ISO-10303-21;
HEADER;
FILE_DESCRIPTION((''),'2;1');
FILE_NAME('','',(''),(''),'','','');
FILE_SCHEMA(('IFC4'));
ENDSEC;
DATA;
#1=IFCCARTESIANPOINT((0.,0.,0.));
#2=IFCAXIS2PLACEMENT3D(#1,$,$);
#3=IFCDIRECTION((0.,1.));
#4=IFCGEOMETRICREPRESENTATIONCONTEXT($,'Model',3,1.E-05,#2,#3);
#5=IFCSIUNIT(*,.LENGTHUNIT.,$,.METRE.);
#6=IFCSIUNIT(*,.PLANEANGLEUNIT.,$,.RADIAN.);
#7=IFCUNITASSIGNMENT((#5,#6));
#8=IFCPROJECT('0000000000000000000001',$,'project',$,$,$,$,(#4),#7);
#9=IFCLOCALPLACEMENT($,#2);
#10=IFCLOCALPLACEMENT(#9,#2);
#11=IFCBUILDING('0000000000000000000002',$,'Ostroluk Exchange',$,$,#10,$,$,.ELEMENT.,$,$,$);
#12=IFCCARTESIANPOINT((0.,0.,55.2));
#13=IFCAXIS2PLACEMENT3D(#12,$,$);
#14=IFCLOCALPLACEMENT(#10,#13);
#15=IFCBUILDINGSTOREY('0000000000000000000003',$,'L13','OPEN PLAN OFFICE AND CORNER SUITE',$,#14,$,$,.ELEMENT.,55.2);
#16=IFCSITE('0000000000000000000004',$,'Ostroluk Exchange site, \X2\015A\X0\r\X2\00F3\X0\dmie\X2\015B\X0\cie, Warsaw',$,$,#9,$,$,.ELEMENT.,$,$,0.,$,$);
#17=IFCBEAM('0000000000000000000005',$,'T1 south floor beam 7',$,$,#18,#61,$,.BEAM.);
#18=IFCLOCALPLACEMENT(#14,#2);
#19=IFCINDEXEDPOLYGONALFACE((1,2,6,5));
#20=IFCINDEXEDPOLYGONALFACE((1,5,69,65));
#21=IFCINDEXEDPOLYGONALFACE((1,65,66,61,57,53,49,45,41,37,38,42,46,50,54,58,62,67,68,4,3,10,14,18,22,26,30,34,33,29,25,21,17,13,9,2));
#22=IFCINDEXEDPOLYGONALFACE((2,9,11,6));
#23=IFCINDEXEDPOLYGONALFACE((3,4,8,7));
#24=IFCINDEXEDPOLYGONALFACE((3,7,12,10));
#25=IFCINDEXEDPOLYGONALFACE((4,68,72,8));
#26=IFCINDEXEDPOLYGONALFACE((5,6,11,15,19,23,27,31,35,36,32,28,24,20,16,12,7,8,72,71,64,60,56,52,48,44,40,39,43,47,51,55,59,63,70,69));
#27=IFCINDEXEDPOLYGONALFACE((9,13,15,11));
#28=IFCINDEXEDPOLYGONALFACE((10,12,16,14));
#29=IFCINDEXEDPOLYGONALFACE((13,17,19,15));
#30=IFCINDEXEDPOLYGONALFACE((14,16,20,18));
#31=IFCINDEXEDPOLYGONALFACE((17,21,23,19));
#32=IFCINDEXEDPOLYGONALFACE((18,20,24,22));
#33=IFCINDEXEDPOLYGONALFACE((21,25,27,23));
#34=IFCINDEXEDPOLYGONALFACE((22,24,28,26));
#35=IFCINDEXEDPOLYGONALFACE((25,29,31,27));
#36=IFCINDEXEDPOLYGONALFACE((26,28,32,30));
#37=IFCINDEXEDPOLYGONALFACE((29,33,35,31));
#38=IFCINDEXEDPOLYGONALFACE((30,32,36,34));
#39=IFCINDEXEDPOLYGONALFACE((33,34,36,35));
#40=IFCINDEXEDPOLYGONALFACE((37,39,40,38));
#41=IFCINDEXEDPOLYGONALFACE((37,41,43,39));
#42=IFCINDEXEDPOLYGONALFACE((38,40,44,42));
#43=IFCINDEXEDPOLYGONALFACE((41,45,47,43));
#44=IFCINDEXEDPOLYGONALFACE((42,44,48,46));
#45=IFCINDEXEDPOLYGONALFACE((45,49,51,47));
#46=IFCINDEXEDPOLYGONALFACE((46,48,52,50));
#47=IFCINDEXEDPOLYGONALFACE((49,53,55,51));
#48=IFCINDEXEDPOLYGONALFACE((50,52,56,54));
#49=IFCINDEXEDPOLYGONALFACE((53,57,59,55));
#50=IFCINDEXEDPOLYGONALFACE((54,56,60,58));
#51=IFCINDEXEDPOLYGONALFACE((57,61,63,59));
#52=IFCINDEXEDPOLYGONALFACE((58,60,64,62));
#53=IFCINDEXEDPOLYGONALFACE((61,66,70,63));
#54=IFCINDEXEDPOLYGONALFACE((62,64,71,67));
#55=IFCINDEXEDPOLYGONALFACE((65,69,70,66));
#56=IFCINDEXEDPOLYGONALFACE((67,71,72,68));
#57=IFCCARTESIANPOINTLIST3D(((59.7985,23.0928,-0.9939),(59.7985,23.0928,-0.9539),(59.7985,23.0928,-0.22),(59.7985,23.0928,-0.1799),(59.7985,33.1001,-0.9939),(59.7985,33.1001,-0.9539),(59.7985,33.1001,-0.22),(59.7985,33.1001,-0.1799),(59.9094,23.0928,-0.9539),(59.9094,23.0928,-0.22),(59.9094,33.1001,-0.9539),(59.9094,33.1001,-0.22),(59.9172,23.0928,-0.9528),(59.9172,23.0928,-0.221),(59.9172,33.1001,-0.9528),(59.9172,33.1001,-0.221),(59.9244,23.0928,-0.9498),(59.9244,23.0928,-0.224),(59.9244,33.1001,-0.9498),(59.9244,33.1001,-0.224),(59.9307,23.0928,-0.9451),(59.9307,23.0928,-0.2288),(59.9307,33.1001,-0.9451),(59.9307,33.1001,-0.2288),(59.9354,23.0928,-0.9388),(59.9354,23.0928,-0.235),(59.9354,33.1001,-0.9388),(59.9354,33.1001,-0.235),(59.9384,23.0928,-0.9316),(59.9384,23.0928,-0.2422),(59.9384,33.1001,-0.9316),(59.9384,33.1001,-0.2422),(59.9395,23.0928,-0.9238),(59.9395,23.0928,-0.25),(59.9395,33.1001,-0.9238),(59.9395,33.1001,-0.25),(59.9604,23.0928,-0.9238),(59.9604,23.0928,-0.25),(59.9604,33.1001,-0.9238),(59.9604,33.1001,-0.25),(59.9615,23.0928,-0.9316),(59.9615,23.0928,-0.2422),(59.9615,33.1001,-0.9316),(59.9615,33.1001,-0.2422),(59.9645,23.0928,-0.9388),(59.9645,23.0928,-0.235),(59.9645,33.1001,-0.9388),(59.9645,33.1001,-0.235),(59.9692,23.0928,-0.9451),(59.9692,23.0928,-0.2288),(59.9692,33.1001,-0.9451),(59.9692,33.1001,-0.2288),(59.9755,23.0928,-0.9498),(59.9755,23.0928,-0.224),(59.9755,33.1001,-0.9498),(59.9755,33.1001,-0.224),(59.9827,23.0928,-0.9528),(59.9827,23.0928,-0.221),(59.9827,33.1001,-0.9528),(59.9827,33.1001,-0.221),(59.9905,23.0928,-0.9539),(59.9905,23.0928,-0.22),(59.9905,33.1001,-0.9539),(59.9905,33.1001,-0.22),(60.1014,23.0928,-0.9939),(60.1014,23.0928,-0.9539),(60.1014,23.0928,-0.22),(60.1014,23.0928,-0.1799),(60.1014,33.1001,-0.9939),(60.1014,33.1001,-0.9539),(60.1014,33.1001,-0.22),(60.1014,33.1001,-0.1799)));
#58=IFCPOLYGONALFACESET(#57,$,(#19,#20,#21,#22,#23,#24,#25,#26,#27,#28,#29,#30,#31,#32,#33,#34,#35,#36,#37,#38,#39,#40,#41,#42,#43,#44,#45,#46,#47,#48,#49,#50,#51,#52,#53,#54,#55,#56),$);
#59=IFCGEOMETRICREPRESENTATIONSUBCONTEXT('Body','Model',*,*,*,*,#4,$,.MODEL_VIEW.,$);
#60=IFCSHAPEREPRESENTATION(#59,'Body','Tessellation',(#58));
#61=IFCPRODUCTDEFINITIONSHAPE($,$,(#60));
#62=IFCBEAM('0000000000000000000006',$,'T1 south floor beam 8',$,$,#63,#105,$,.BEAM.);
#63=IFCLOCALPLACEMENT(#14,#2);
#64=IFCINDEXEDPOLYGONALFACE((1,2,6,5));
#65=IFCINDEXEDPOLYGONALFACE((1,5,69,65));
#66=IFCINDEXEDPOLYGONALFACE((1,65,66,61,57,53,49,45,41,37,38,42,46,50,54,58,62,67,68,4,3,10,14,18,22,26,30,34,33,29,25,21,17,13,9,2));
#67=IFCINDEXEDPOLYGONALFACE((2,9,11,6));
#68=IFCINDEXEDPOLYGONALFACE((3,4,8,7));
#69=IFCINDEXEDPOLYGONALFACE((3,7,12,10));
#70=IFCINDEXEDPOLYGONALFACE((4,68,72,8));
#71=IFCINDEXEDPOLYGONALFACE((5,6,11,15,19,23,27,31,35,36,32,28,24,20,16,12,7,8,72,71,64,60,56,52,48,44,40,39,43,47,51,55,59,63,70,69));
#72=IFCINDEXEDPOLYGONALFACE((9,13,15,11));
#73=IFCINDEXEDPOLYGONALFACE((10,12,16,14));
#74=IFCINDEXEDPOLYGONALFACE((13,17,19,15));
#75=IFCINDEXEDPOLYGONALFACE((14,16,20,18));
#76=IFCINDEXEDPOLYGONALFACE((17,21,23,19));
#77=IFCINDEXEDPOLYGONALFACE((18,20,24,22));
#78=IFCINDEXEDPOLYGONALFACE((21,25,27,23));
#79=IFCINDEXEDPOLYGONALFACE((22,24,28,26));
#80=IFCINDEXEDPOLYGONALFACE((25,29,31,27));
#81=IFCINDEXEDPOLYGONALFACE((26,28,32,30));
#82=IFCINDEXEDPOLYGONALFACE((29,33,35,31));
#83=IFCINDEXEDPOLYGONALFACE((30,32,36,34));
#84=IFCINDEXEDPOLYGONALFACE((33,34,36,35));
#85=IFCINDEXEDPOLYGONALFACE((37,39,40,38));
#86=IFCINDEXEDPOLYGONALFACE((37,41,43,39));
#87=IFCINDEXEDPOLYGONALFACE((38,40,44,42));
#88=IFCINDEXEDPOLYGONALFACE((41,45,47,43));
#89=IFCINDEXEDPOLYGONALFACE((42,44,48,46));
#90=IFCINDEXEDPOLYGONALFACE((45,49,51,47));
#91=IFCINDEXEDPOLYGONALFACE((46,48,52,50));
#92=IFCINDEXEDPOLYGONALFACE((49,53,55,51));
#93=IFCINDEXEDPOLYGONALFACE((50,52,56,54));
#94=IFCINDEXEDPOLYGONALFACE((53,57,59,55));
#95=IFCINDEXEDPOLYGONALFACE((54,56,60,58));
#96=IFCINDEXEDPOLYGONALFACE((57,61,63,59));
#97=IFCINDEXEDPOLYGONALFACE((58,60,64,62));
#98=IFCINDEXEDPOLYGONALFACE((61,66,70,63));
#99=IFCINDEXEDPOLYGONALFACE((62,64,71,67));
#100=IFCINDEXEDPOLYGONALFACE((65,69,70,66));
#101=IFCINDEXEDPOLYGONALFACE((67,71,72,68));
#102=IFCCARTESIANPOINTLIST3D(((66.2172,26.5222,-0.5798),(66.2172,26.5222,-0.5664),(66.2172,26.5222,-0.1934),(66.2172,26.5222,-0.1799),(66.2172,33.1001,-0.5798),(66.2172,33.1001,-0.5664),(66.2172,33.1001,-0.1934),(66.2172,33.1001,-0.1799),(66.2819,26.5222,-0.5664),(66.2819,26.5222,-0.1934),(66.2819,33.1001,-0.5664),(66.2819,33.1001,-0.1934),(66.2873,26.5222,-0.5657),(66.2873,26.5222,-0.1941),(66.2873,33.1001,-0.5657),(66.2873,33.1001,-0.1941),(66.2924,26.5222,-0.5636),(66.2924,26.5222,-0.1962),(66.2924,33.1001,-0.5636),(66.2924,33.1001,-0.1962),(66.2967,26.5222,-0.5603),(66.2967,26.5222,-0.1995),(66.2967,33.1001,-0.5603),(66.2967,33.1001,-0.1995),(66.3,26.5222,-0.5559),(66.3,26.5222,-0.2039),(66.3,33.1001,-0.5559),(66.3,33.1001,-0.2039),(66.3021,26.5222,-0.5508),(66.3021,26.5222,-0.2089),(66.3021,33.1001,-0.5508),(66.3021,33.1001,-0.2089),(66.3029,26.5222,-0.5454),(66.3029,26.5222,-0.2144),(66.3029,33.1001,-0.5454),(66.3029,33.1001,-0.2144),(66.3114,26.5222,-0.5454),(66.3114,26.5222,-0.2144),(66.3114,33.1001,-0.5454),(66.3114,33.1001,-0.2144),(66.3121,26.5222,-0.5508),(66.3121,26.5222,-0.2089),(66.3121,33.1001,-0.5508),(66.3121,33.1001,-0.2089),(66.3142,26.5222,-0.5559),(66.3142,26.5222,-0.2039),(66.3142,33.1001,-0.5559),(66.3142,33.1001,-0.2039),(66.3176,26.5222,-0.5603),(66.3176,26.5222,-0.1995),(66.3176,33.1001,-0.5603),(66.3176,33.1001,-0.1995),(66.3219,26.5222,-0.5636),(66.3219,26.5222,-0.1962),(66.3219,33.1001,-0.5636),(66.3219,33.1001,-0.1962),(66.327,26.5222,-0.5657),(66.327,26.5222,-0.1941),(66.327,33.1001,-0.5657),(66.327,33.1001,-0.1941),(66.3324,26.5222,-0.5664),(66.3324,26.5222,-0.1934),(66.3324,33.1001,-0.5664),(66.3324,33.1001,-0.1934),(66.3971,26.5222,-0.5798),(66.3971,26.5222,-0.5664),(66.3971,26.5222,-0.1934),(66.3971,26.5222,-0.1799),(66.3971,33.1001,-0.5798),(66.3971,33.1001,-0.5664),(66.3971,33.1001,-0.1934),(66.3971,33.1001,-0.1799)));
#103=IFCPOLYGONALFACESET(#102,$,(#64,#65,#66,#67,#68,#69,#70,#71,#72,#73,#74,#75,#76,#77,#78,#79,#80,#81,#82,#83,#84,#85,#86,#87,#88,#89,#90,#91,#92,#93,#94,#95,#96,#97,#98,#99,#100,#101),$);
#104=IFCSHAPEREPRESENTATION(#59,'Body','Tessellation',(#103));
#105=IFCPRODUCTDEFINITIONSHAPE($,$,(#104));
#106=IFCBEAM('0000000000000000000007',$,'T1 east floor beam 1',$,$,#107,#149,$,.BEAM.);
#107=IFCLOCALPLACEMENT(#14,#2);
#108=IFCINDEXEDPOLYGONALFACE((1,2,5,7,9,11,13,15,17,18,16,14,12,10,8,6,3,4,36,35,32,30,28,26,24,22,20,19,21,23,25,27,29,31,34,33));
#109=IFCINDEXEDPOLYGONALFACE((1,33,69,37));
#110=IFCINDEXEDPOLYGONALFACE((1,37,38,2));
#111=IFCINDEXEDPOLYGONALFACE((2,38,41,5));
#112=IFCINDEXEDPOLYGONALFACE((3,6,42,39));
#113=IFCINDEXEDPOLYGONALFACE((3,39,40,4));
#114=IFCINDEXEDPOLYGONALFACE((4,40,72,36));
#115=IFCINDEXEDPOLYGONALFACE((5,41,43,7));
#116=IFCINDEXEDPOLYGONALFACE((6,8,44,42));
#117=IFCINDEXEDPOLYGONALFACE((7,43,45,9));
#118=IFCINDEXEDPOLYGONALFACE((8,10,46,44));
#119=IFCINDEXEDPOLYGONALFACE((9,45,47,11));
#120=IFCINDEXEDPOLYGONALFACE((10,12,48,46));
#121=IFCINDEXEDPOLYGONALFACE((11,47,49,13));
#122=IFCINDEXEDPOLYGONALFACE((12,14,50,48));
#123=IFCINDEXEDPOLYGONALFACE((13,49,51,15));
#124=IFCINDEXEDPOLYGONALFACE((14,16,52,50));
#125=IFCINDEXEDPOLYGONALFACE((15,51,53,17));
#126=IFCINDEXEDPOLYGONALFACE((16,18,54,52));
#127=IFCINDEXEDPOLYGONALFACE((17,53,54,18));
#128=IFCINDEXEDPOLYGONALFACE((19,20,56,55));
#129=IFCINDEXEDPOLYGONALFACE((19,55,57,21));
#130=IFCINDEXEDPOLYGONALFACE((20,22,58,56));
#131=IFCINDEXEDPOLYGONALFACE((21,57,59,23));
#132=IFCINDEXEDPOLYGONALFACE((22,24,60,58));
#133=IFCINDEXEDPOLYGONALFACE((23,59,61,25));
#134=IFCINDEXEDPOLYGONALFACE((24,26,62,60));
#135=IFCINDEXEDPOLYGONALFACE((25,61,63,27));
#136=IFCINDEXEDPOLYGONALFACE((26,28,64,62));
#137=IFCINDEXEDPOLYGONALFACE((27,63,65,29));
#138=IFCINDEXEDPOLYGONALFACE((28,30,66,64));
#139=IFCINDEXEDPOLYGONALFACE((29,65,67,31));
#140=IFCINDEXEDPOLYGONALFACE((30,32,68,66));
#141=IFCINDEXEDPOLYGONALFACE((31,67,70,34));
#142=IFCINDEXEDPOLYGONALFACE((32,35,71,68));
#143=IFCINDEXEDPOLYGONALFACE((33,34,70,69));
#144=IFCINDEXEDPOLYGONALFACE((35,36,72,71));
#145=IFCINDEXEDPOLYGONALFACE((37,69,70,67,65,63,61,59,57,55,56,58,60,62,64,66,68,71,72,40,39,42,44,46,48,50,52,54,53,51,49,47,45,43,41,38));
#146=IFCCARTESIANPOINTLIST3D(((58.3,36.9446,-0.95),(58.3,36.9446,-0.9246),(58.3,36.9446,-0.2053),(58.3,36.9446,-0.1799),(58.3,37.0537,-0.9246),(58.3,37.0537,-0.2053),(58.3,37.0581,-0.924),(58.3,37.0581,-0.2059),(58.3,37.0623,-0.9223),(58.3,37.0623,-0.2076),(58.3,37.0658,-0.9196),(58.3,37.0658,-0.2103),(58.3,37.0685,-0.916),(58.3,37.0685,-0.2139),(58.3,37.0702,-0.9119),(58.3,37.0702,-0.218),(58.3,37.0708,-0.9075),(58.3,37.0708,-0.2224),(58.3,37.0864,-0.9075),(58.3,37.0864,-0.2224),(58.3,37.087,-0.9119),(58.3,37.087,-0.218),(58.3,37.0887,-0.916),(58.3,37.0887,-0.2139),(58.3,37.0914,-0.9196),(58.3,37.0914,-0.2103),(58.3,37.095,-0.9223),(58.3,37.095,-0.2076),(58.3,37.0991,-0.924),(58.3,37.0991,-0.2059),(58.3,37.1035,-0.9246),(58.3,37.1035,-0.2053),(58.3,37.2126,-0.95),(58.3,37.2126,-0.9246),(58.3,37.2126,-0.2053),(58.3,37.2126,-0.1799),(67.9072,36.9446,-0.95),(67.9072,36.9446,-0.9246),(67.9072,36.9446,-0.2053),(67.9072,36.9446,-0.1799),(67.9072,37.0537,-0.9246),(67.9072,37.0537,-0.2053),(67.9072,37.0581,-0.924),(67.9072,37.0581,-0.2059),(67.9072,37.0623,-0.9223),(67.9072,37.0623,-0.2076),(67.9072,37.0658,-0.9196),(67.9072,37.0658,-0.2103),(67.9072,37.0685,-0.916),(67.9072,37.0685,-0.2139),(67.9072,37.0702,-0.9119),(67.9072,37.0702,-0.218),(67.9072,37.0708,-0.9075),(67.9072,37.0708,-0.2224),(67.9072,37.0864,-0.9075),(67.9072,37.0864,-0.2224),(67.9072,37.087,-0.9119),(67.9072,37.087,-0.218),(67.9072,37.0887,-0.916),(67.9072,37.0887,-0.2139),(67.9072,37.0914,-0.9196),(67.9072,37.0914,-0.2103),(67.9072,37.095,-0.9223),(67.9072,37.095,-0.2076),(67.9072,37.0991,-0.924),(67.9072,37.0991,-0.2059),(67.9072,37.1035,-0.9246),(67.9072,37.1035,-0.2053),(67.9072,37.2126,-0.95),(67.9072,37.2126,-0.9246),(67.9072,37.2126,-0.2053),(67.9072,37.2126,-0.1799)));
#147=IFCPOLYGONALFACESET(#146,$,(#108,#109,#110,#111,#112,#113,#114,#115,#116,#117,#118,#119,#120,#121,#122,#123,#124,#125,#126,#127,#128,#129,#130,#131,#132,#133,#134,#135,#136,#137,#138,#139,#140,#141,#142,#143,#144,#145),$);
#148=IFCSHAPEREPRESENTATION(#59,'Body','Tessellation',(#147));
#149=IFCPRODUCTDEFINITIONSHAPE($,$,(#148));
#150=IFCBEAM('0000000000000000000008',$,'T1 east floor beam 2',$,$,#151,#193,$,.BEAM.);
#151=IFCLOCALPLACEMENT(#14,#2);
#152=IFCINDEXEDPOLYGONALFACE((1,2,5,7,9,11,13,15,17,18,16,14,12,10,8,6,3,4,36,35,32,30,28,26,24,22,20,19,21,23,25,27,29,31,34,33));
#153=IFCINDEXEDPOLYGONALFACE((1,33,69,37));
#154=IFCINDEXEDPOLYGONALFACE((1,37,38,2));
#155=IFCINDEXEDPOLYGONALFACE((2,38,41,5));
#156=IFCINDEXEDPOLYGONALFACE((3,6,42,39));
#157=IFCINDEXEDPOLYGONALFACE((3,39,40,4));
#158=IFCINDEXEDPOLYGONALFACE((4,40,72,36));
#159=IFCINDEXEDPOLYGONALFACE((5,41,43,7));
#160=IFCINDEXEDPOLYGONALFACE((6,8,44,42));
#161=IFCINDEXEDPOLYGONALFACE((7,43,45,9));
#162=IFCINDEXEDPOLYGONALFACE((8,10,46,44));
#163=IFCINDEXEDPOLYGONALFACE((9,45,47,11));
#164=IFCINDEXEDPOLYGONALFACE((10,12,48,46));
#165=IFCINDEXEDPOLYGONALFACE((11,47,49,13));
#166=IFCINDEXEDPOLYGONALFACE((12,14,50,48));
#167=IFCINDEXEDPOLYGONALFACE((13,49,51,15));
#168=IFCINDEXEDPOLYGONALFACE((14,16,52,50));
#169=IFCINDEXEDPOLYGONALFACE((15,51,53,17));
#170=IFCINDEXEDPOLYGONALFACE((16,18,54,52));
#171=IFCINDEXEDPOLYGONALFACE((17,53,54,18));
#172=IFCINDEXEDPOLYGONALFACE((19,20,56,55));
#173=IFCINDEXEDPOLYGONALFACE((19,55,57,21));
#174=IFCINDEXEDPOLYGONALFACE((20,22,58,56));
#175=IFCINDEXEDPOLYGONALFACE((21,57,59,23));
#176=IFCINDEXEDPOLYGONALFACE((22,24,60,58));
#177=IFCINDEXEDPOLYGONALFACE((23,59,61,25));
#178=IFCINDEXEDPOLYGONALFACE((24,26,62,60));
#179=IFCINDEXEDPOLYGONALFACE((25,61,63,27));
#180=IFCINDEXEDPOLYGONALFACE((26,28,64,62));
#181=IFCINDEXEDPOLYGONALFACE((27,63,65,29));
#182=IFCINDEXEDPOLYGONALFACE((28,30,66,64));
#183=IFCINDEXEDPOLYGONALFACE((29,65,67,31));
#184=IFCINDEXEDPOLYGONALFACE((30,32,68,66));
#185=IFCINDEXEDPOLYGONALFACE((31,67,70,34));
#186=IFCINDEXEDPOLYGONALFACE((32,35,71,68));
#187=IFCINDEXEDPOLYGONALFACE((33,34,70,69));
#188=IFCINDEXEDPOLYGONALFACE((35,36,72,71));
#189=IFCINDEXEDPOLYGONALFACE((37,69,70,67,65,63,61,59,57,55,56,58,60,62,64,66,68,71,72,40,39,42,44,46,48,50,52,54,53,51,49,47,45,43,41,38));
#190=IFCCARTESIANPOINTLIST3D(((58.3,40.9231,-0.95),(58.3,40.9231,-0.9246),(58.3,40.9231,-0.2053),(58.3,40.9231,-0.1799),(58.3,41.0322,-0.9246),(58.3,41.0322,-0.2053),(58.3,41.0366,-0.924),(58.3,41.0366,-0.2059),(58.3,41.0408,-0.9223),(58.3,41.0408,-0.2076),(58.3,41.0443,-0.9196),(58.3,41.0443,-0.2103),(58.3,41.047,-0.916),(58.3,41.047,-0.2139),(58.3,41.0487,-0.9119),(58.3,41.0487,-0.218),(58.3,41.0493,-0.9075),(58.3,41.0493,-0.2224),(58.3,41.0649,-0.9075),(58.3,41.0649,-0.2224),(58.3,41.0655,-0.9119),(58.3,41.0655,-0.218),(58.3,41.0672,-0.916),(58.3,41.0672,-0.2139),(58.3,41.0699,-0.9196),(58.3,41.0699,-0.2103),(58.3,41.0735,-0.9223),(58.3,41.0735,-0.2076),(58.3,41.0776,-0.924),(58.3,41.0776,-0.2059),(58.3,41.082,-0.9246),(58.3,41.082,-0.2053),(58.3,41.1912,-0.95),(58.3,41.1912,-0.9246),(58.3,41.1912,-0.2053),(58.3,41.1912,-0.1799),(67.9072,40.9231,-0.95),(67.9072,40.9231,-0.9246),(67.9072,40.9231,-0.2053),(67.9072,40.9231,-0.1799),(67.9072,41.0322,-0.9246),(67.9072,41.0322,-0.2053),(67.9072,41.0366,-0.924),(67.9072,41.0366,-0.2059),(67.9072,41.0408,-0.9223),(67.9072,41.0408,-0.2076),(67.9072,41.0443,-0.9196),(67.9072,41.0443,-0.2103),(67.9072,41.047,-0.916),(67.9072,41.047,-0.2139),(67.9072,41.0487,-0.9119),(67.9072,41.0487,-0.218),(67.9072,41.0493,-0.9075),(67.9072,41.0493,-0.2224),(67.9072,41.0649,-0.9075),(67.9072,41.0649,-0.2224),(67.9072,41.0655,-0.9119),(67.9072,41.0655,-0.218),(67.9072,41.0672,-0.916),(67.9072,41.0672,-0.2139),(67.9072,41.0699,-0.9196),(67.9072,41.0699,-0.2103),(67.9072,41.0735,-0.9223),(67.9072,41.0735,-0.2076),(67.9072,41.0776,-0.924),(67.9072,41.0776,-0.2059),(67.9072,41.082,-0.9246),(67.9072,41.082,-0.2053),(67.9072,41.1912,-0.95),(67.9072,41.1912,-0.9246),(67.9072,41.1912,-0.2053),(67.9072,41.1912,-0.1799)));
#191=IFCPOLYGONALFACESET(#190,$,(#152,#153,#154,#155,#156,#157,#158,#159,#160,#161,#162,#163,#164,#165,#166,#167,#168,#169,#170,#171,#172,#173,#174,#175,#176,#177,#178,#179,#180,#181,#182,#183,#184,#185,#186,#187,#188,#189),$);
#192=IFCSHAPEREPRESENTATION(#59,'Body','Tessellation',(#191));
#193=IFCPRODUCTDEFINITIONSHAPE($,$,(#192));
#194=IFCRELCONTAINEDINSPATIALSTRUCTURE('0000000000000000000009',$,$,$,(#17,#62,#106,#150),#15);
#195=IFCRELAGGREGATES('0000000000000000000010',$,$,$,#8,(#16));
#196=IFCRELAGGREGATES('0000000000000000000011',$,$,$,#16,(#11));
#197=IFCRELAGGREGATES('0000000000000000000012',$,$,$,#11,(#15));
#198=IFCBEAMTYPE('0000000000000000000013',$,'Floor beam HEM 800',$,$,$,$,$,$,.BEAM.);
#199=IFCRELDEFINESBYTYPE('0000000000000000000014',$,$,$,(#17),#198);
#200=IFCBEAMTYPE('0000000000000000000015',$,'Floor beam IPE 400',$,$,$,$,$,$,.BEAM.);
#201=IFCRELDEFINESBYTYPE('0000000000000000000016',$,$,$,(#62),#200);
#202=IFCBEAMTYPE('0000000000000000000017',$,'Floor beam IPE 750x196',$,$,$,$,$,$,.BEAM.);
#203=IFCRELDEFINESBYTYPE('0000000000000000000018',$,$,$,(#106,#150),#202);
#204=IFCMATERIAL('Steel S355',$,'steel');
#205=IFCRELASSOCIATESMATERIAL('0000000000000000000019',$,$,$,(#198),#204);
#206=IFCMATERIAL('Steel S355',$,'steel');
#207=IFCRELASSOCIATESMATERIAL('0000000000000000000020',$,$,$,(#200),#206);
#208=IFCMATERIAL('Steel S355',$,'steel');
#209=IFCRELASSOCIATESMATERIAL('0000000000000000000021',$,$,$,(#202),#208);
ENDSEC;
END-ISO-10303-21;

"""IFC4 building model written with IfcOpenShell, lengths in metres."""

from ifc_helpers import new_model, si_unit, direction, frame, origin, origin_2d, place, context, subcontext, project, spatial, i_section, extrude, material, material_profile, profile_set, type_object, element, save


model = new_model("IFC4")

# Units and contexts
model_context = context("Model", 3, precision=1e-05, world=origin(), true_north=direction((0.0, 1.0)))
body_context = subcontext(model_context, "Body", "Model", "MODEL_VIEW")
ifc_project = project(units=[si_unit("LENGTHUNIT", "METRE"), si_unit("PLANEANGLEUNIT", "RADIAN")], contexts=[model_context])

# Site, building, storey
site_placement = place(None, origin())
site = spatial("IfcSite", under=ifc_project, at=site_placement, Name="Ostroluk Exchange site, Śródmieście, Warsaw", CompositionType="ELEMENT", RefElevation=0.0)
building_placement = place(site_placement, origin())
building = spatial("IfcBuilding", under=site, at=building_placement, Name="Ostroluk Exchange", CompositionType="ELEMENT")
storey_placement = place(building_placement, frame((0.0, 0.0, 55.2)))
storey = spatial("IfcBuildingStorey", under=building, at=storey_placement, Name="L13", Description="OPEN PLAN OFFICE AND CORNER SUITE", CompositionType="ELEMENT", Elevation=55.2)

# Beams
ifc_material_1 = material(Name="Steel S355", Category="steel")
ifc_material_profile_1 = material_profile(ifc_material_1, i_section(OverallWidth=0.303, OverallDepth=0.814, WebThickness=0.021, FlangeThickness=0.04, FilletRadius=0.03, at=origin_2d()), Name="HEM 800")
ifc_profile_set_1 = profile_set([ifc_material_profile_1], Name="Steel S355")
beam_type_1 = type_object("IfcBeamType", Name="Floor beam HEM 800", PredefinedType="BEAM", material=ifc_profile_set_1)
beam_1_placement = place(storey_placement, frame((59.95, 33.1001, -0.5869), z_axis=(0.0, -1.0, 0.0), x_axis=(1.0, 0.0, 0.0)))
element("IfcBeam", 1, at=beam_1_placement, inside=storey, type_object=beam_type_1, Name="T1 south floor beam 7", PredefinedType="BEAM", context=body_context, shape_type="SweptSolid", body=[
    extrude(i_section(OverallWidth=0.303, OverallDepth=0.814, WebThickness=0.021, FlangeThickness=0.04, FilletRadius=0.03, at=origin_2d()), origin(), (0.0, 0.0, 1.0), 10.0073),
])
ifc_material_2 = material(Name="Steel S355", Category="steel")
ifc_material_profile_2 = material_profile(ifc_material_2, i_section(OverallWidth=0.1799, OverallDepth=0.3999, WebThickness=0.0085, FlangeThickness=0.0134, FilletRadius=0.021, at=origin_2d()), Name="IPE 400")
ifc_profile_set_2 = profile_set([ifc_material_profile_2], Name="Steel S355")
beam_type_2 = type_object("IfcBeamType", Name="Floor beam IPE 400", PredefinedType="BEAM", material=ifc_profile_set_2)
beam_2_placement = place(storey_placement, frame((66.3071, 33.1001, -0.3799), z_axis=(0.0, -1.0, 0.0), x_axis=(1.0, 0.0, 0.0)))
element("IfcBeam", 2, at=beam_2_placement, inside=storey, type_object=beam_type_2, Name="T1 south floor beam 8", PredefinedType="BEAM", context=body_context, shape_type="SweptSolid", body=[
    extrude(i_section(OverallWidth=0.1799, OverallDepth=0.3999, WebThickness=0.0085, FlangeThickness=0.0134, FilletRadius=0.021, at=origin_2d()), origin(), (0.0, 0.0, 1.0), 6.5779),
])
ifc_material_3 = material(Name="Steel S355", Category="steel")
ifc_material_profile_3 = material_profile(ifc_material_3, i_section(OverallWidth=0.2681, OverallDepth=0.77, WebThickness=0.0156, FlangeThickness=0.0254, FilletRadius=0.0171, at=origin_2d()), Name="IPE 750x196")
ifc_profile_set_3 = profile_set([ifc_material_profile_3], Name="Steel S355")
beam_type_3 = type_object("IfcBeamType", Name="Floor beam IPE 750x196", PredefinedType="BEAM", material=ifc_profile_set_3)
for number, where, z_axis, x_axis, name in (
    (3, (58.3, 37.0786, -0.5649), (1.0, 0.0, 0.0), (0.0, 1.0, 0.0), "T1 east floor beam 1"),
    (4, (58.3, 41.0571, -0.5649), (1.0, 0.0, 0.0), (0.0, 1.0, 0.0), "T1 east floor beam 2"),
):
    element("IfcBeam", number, at=place(storey_placement, frame(where, z_axis=z_axis, x_axis=x_axis)), inside=storey, type_object=beam_type_3, Name=name, PredefinedType="BEAM", context=body_context, shape_type="SweptSolid", body=[
        extrude(i_section(OverallWidth=0.2681, OverallDepth=0.77, WebThickness=0.0156, FlangeThickness=0.0254, FilletRadius=0.0171, at=origin_2d()), origin(), (0.0, 0.0, 1.0), 9.6072),
    ])

save(model, "model.ifc")
